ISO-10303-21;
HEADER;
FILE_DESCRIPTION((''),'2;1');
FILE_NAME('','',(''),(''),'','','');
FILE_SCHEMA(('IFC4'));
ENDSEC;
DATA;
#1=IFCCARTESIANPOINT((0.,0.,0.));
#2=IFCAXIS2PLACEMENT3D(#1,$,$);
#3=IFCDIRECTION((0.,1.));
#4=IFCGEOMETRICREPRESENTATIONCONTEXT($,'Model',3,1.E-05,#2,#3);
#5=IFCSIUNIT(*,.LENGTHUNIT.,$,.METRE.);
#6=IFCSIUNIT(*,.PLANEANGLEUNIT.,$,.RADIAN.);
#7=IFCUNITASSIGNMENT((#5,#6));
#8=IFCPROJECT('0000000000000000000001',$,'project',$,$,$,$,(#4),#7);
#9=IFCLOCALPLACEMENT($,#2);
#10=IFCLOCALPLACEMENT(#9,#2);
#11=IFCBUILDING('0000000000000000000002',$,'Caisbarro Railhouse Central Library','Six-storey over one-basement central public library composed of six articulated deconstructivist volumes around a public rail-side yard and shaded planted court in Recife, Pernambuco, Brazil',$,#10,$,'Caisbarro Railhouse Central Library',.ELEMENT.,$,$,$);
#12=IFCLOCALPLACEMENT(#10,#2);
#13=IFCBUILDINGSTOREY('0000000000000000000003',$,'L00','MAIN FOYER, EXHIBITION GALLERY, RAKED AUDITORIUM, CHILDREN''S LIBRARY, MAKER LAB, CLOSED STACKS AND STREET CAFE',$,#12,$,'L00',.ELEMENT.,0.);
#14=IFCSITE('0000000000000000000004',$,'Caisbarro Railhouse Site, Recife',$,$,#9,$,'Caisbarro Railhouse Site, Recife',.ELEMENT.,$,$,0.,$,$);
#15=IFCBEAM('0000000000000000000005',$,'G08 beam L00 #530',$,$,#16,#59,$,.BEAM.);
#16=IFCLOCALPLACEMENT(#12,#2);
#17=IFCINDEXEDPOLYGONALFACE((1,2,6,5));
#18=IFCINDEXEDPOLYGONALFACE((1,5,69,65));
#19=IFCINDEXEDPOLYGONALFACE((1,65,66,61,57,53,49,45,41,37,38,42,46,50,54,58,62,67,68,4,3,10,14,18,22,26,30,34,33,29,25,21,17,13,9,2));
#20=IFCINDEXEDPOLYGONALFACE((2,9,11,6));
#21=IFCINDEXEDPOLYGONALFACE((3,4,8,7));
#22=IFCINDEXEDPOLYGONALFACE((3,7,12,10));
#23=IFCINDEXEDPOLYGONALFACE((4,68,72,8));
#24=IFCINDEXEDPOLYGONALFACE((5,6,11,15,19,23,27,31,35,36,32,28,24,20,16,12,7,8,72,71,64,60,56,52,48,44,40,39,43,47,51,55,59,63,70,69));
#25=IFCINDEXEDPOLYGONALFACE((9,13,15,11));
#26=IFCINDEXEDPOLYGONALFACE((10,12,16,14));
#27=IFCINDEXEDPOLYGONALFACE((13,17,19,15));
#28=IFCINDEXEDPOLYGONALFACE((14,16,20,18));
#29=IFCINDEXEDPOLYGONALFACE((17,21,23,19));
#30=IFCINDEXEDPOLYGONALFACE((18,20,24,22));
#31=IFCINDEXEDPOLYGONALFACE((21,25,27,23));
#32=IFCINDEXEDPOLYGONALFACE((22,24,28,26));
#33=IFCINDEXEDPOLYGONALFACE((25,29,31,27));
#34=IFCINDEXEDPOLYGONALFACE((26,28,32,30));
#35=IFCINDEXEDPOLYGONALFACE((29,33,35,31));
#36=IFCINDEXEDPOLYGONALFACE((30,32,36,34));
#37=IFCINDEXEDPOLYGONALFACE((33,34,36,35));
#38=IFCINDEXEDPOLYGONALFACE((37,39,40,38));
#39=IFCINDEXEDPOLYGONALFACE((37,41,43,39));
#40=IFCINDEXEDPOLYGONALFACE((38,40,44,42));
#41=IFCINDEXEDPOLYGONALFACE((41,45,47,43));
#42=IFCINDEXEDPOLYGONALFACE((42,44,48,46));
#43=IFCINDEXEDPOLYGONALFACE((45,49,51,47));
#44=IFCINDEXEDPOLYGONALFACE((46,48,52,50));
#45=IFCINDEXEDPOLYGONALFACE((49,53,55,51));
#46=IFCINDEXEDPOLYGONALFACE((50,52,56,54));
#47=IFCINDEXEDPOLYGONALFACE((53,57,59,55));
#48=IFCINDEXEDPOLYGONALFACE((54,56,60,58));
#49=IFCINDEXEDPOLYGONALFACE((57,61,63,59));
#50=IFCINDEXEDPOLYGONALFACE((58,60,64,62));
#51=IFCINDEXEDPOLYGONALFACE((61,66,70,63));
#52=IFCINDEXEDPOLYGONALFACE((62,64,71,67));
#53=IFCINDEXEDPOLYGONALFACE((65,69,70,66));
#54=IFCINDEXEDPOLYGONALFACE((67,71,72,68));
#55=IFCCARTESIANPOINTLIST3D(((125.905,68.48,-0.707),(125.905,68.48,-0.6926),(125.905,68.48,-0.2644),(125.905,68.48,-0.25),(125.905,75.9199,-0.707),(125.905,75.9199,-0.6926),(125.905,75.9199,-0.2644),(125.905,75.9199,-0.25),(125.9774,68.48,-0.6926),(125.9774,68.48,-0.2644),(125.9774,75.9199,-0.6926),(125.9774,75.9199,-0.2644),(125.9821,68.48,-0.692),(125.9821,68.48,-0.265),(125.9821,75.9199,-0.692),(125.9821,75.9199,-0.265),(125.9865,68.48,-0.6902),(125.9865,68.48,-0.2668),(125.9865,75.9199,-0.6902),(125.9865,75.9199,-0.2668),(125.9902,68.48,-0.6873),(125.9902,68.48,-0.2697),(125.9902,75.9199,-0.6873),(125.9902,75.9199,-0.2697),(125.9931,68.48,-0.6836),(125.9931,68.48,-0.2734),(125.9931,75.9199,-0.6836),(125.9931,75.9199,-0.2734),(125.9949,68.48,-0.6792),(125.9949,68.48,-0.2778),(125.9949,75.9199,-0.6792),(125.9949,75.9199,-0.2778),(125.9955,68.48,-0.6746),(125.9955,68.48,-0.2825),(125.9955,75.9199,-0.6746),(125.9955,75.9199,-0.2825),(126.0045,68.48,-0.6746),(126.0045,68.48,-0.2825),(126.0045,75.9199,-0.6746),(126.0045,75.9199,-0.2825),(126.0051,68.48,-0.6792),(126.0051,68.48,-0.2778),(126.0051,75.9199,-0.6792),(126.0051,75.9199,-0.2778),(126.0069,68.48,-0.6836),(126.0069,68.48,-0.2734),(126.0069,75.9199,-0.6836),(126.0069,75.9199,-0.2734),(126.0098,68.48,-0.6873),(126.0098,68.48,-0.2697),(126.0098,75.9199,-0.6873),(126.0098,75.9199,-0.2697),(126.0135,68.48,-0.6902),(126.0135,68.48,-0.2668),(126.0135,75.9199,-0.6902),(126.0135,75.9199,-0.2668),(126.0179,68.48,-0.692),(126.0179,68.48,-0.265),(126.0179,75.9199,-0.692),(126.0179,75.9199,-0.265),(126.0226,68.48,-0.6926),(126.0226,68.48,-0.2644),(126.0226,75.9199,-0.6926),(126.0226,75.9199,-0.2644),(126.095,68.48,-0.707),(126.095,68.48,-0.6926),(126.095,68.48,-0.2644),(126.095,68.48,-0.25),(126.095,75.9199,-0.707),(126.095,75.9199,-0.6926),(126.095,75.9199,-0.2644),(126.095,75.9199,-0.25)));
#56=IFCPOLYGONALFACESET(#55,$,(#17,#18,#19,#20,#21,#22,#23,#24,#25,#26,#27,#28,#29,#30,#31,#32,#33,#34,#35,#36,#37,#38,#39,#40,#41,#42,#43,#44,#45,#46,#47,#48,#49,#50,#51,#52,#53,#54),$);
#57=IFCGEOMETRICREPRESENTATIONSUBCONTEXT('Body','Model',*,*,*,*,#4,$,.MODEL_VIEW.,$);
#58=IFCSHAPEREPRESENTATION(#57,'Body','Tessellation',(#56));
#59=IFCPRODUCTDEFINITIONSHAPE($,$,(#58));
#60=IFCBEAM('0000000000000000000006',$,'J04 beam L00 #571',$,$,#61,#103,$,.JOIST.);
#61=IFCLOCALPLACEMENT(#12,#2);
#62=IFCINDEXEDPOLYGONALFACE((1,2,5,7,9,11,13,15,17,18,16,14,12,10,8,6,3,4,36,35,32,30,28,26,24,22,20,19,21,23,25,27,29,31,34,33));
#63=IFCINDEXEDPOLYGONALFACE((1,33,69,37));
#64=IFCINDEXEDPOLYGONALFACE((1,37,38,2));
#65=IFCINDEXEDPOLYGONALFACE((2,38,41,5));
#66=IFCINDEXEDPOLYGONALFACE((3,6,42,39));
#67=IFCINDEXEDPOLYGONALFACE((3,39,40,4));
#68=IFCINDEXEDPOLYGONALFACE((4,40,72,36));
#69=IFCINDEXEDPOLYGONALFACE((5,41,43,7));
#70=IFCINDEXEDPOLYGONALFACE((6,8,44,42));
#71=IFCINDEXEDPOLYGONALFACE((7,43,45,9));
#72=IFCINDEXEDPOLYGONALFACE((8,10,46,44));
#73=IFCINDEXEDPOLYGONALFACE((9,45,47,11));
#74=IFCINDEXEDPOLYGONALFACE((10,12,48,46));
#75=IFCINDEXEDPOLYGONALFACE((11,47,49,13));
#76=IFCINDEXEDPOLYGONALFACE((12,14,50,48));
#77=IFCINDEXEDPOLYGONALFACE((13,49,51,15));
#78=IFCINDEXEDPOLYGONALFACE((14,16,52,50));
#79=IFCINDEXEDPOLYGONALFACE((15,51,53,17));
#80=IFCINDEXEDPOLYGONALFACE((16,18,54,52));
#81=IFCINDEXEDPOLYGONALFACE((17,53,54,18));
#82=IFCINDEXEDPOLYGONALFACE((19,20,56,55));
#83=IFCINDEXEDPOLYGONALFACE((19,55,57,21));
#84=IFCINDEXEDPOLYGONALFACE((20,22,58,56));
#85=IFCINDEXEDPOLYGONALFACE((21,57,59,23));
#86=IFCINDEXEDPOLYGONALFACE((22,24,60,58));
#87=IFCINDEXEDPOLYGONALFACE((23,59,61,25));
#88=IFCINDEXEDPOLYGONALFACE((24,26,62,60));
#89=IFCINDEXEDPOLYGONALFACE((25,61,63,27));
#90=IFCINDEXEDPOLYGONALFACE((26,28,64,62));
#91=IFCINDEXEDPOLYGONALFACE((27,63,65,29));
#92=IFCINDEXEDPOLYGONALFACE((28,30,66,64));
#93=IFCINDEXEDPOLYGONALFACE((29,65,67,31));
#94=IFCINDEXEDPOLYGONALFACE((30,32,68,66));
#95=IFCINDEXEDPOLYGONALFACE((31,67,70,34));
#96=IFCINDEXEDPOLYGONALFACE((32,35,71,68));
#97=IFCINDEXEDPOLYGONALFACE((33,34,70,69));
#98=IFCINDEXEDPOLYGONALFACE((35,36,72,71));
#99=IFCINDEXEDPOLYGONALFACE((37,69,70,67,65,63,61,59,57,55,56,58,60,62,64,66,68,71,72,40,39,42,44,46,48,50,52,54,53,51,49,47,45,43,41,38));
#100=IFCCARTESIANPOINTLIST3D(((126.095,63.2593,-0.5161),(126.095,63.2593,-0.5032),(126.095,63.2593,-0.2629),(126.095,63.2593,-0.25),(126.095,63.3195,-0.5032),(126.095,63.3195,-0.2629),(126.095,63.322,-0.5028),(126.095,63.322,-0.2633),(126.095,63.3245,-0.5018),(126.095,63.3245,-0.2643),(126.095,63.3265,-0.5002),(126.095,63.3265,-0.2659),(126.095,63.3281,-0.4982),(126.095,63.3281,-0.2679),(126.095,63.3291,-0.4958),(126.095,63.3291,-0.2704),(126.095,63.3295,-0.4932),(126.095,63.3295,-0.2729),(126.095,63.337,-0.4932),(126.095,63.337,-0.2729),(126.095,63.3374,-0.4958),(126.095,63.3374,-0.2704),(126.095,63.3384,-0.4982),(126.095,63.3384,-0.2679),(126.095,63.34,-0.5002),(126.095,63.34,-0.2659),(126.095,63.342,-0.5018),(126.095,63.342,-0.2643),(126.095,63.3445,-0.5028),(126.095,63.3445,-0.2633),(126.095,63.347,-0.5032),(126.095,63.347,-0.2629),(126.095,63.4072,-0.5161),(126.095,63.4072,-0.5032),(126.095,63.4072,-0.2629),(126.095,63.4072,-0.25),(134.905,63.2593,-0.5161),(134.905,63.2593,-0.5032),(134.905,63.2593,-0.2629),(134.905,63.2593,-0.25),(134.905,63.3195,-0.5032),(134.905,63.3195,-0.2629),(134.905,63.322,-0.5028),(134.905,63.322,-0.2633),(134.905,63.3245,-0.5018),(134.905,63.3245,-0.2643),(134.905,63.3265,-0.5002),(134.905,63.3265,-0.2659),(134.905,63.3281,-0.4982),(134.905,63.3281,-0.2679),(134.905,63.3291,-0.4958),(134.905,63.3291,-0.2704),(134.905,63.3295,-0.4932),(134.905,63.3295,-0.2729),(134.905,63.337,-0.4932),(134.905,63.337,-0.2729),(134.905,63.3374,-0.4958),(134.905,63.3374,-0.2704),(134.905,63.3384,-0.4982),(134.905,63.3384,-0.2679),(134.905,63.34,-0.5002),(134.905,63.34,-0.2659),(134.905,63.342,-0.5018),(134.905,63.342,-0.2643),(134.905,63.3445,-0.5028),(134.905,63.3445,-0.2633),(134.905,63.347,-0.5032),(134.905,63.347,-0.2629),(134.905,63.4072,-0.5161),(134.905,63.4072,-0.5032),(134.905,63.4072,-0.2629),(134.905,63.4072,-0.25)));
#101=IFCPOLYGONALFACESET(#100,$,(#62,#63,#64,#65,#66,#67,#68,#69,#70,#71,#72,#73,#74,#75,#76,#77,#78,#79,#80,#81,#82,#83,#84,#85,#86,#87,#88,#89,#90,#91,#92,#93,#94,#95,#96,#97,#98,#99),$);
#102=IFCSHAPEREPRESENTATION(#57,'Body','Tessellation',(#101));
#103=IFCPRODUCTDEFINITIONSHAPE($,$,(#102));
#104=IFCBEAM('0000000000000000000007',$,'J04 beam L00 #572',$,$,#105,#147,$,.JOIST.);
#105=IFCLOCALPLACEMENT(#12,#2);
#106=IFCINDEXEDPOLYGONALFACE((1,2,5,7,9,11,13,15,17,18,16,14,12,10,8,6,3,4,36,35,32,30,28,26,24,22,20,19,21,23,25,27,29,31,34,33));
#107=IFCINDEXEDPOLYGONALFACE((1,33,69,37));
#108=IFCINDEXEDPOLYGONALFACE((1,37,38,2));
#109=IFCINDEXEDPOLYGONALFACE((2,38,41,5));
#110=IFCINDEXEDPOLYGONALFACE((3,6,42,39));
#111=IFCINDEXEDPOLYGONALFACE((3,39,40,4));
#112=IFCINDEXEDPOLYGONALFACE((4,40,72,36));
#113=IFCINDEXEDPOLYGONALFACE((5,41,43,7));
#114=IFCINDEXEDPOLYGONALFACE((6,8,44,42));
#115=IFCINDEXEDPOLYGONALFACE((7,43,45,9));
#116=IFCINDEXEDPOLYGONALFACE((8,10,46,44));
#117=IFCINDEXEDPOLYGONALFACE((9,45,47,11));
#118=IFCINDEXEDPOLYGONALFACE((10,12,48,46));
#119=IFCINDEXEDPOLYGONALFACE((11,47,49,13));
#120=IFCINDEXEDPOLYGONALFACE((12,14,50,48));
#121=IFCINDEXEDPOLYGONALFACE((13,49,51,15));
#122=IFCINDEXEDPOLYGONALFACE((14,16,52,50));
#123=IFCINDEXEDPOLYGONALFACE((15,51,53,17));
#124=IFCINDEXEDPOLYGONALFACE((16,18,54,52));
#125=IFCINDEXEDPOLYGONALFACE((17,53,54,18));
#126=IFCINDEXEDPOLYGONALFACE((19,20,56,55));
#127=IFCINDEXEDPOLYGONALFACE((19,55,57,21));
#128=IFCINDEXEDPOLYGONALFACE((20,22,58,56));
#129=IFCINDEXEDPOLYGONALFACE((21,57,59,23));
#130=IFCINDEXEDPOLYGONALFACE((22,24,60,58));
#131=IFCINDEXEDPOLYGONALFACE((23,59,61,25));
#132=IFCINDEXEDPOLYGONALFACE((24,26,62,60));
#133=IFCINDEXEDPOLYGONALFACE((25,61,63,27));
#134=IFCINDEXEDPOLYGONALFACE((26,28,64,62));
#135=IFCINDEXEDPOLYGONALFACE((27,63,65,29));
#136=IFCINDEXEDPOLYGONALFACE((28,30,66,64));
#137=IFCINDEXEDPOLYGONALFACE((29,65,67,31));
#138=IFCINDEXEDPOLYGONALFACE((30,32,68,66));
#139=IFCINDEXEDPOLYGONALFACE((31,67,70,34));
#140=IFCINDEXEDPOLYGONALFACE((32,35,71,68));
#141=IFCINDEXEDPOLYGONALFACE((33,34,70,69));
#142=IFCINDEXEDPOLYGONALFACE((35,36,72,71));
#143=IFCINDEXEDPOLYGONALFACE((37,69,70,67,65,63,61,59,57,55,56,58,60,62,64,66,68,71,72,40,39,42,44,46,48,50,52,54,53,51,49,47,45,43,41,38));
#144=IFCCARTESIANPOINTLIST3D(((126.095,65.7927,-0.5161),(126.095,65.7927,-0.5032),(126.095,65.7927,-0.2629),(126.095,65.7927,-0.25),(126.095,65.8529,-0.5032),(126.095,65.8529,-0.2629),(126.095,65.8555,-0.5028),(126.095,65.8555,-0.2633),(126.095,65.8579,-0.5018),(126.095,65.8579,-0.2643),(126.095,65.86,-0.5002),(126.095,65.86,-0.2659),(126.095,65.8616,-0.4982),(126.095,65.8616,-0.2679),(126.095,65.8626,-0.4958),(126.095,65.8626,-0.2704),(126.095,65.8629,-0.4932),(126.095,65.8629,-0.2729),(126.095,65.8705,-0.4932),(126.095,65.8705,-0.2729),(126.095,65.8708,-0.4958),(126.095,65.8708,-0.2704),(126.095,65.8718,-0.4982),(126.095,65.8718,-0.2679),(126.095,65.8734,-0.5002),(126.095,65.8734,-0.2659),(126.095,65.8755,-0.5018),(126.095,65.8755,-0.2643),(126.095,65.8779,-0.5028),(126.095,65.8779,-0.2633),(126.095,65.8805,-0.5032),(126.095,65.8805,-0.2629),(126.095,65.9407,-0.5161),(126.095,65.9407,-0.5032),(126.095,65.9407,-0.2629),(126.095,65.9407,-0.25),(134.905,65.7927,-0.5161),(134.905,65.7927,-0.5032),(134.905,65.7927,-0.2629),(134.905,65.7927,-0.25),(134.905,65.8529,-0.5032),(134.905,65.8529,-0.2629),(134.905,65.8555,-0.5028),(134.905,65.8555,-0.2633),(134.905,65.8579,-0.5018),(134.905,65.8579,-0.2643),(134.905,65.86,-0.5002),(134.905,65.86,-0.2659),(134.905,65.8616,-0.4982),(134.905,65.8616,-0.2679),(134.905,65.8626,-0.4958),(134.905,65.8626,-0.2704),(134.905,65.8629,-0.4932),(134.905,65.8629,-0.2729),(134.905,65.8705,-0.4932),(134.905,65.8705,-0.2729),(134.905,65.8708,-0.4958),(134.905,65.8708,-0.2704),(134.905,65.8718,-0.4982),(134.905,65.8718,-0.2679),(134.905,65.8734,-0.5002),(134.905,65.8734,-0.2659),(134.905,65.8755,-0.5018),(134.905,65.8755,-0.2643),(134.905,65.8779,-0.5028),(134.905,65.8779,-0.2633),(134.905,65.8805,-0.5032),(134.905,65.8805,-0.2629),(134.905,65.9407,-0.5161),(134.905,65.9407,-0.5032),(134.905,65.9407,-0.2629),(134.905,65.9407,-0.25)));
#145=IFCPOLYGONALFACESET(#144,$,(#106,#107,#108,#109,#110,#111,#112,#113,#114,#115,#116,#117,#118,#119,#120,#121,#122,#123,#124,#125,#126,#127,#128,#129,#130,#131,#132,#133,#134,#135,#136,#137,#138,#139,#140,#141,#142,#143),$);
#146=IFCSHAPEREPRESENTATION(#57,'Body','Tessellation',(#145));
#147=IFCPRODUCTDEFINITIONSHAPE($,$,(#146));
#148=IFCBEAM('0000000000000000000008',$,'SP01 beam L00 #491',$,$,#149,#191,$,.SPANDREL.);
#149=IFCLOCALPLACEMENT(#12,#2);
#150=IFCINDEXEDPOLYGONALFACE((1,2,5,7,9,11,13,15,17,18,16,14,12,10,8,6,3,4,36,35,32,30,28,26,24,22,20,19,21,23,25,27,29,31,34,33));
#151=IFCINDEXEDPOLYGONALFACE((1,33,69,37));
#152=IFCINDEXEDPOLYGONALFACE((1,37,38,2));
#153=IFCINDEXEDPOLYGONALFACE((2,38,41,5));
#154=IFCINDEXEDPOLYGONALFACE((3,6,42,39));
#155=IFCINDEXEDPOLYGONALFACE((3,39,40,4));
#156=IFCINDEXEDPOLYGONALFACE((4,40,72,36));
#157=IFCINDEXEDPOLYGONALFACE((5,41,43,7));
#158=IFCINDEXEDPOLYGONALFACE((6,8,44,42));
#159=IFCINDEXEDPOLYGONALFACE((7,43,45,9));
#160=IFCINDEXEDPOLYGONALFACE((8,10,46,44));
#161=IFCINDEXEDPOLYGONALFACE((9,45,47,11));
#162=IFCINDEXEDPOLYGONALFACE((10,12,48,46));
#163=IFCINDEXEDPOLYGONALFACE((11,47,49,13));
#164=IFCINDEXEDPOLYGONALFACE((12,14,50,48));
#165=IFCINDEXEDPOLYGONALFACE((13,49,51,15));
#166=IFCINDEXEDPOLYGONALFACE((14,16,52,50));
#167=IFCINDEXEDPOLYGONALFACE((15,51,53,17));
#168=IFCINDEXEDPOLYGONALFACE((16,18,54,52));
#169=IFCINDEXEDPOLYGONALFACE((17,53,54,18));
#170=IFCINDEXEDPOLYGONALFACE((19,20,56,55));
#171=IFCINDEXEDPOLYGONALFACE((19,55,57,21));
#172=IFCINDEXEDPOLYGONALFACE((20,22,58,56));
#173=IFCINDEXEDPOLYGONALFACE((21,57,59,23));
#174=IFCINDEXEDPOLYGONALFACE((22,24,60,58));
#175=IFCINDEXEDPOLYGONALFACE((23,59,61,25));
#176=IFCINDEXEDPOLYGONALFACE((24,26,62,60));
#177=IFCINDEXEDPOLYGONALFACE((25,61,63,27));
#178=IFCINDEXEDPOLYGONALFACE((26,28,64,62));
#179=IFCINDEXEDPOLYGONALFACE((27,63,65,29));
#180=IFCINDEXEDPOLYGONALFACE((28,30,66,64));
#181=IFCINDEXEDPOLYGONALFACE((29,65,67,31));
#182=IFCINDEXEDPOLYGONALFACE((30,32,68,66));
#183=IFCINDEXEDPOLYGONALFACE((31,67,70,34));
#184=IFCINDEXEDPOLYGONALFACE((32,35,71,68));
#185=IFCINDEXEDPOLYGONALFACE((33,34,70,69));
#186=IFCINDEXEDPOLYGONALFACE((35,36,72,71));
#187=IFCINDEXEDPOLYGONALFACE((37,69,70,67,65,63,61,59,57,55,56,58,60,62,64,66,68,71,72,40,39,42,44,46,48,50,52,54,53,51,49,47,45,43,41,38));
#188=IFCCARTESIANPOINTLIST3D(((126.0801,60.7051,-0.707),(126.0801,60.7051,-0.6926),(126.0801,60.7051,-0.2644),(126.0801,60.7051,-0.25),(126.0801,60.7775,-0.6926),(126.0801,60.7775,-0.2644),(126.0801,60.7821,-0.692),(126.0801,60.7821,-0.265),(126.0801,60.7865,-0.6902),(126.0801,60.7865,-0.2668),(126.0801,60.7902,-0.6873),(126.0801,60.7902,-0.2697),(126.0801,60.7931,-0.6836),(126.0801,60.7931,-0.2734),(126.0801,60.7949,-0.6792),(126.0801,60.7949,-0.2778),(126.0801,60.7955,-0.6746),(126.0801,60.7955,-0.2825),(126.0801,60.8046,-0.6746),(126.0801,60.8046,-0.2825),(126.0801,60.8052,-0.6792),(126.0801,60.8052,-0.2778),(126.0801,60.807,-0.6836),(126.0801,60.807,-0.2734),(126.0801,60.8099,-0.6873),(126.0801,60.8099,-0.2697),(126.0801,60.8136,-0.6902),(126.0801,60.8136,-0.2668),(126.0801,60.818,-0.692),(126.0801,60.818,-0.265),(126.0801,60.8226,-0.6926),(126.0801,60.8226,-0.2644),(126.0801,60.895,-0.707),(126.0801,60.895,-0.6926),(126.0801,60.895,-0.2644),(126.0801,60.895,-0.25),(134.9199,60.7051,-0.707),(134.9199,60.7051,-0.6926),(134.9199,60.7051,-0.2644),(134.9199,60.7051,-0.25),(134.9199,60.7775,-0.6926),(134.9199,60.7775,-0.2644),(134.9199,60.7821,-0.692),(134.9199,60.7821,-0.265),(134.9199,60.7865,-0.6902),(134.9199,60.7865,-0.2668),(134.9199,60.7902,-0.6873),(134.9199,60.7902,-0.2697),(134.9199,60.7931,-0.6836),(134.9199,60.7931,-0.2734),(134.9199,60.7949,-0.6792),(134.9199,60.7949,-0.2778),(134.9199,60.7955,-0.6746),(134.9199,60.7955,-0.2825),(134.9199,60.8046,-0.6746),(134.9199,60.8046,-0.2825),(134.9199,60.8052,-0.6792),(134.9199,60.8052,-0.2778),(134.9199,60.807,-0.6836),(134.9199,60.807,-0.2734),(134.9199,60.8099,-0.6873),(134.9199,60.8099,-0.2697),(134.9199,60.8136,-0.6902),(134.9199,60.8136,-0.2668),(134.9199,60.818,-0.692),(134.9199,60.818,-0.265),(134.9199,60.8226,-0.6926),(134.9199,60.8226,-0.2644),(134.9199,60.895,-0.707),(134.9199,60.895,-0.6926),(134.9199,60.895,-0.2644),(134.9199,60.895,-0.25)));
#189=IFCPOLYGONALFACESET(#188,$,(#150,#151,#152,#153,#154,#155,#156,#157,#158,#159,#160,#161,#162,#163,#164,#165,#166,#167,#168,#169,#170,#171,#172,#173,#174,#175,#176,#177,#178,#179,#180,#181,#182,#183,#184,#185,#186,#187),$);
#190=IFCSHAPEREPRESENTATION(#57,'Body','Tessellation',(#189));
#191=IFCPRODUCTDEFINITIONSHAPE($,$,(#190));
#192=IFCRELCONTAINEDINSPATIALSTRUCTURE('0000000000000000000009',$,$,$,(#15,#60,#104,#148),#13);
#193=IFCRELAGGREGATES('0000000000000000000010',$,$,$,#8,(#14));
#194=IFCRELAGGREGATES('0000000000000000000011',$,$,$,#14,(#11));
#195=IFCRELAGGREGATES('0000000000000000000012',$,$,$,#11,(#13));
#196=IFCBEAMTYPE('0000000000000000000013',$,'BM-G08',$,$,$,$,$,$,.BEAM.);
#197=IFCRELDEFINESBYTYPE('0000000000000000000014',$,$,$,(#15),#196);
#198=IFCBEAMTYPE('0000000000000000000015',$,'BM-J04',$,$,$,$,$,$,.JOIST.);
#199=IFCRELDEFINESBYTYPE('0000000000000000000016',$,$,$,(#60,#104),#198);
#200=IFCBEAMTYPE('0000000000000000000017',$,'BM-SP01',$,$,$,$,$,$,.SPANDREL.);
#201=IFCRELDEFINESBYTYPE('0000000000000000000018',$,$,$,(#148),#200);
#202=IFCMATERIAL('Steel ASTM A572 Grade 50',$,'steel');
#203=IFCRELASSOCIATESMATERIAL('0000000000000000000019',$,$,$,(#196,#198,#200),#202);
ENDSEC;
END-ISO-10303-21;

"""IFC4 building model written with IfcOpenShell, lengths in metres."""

from ifc_helpers import new_model, si_unit, direction, frame, origin, origin_2d, place, context, subcontext, project, spatial, i_section, extrude, material, material_profile, profile_set, type_object, element, save


model = new_model("IFC4")

# Units and contexts
model_context = context("Model", 3, precision=1e-05, world=origin(), true_north=direction((0.0, 1.0)))
body_context = subcontext(model_context, "Body", "Model", "MODEL_VIEW")
ifc_project = project(units=[si_unit("LENGTHUNIT", "METRE"), si_unit("PLANEANGLEUNIT", "RADIAN")], contexts=[model_context])

# Site, building, storey
site_placement = place(None, origin())
site = spatial("IfcSite", under=ifc_project, at=site_placement, Name="Caisbarro Railhouse Site, Recife", LongName="Caisbarro Railhouse Site, Recife", CompositionType="ELEMENT", RefElevation=0.0)
building_placement = place(site_placement, origin())
building = spatial("IfcBuilding", under=site, at=building_placement, Name="Caisbarro Railhouse Central Library", Description="Six-storey over one-basement central public library composed of six articulated deconstructivist volumes around a public rail-side yard and shaded planted court in Recife, Pernambuco, Brazil", LongName="Caisbarro Railhouse Central Library", CompositionType="ELEMENT")
storey_placement = place(building_placement, origin())
storey = spatial("IfcBuildingStorey", under=building, at=storey_placement, Name="L00", Description="MAIN FOYER, EXHIBITION GALLERY, RAKED AUDITORIUM, CHILDREN'S LIBRARY, MAKER LAB, CLOSED STACKS AND STREET CAFE", LongName="L00", CompositionType="ELEMENT", Elevation=0.0)

# Shared definitions
ifc_material_1 = material(Name="Steel ASTM A572 Grade 50", Category="steel")

# Beams
ifc_material_profile_1 = material_profile(ifc_material_1, i_section(OverallWidth=0.1899, OverallDepth=0.457, WebThickness=0.009, FlangeThickness=0.0144, FilletRadius=0.0181, at=origin_2d()), Name="W460X74.0")
ifc_profile_set_1 = profile_set([ifc_material_profile_1], Name="Steel ASTM A572 Grade 50")
beam_type_1 = type_object("IfcBeamType", Name="BM-G08", PredefinedType="BEAM", material=ifc_profile_set_1)
beam_1_placement = place(storey_placement, frame((126.0, 68.48, -0.4785), z_axis=(0.0, 1.0, 0.0), x_axis=(-1.0, 0.0, 0.0)))
element("IfcBeam", 1, at=beam_1_placement, inside=storey, type_object=beam_type_1, Name="G08 beam L00 #530", PredefinedType="BEAM", context=body_context, shape_type="SweptSolid", body=[
    extrude(i_section(OverallWidth=0.1899, OverallDepth=0.457, WebThickness=0.009, FlangeThickness=0.0144, FilletRadius=0.0181, at=origin_2d()), origin(), (0.0, 0.0, 1.0), 7.4399),
])
ifc_material_profile_2 = material_profile(ifc_material_1, i_section(OverallWidth=0.1479, OverallDepth=0.2661, WebThickness=0.0076, FlangeThickness=0.0129, FilletRadius=0.01, at=origin_2d()), Name="W250X44.8")
ifc_profile_set_2 = profile_set([ifc_material_profile_2], Name="Steel ASTM A572 Grade 50")
beam_type_2 = type_object("IfcBeamType", Name="BM-J04", PredefinedType="JOIST", material=ifc_profile_set_2)
for number, where, z_axis, x_axis, name in (
    (2, (126.095, 63.3333, -0.3831), (1.0, 0.0, 0.0), (0.0, 1.0, 0.0), "J04 beam L00 #571"),
    (3, (126.095, 65.8667, -0.3831), (1.0, 0.0, 0.0), (0.0, 1.0, 0.0), "J04 beam L00 #572"),
):
    element("IfcBeam", number, at=place(storey_placement, frame(where, z_axis=z_axis, x_axis=x_axis)), inside=storey, type_object=beam_type_2, Name=name, PredefinedType="JOIST", context=body_context, shape_type="SweptSolid", body=[
        extrude(i_section(OverallWidth=0.1479, OverallDepth=0.2661, WebThickness=0.0076, FlangeThickness=0.0129, FilletRadius=0.01, at=origin_2d()), origin(), (0.0, 0.0, 1.0), 8.8101),
    ])
ifc_material_profile_3 = material_profile(ifc_material_1, i_section(OverallWidth=0.1899, OverallDepth=0.457, WebThickness=0.009, FlangeThickness=0.0144, FilletRadius=0.0181, at=origin_2d()), Name="W460X74.0")
ifc_profile_set_3 = profile_set([ifc_material_profile_3], Name="Steel ASTM A572 Grade 50")
beam_type_3 = type_object("IfcBeamType", Name="BM-SP01", PredefinedType="SPANDREL", material=ifc_profile_set_3)
beam_2_placement = place(storey_placement, frame((126.0801, 60.8, -0.4785), z_axis=(1.0, 0.0, 0.0), x_axis=(0.0, 1.0, 0.0)))
element("IfcBeam", 4, at=beam_2_placement, inside=storey, type_object=beam_type_3, Name="SP01 beam L00 #491", PredefinedType="SPANDREL", context=body_context, shape_type="SweptSolid", body=[
    extrude(i_section(OverallWidth=0.1899, OverallDepth=0.457, WebThickness=0.009, FlangeThickness=0.0144, FilletRadius=0.0181, at=origin_2d()), origin(), (0.0, 0.0, 1.0), 8.8398),
])

save(model, "model.ifc")
